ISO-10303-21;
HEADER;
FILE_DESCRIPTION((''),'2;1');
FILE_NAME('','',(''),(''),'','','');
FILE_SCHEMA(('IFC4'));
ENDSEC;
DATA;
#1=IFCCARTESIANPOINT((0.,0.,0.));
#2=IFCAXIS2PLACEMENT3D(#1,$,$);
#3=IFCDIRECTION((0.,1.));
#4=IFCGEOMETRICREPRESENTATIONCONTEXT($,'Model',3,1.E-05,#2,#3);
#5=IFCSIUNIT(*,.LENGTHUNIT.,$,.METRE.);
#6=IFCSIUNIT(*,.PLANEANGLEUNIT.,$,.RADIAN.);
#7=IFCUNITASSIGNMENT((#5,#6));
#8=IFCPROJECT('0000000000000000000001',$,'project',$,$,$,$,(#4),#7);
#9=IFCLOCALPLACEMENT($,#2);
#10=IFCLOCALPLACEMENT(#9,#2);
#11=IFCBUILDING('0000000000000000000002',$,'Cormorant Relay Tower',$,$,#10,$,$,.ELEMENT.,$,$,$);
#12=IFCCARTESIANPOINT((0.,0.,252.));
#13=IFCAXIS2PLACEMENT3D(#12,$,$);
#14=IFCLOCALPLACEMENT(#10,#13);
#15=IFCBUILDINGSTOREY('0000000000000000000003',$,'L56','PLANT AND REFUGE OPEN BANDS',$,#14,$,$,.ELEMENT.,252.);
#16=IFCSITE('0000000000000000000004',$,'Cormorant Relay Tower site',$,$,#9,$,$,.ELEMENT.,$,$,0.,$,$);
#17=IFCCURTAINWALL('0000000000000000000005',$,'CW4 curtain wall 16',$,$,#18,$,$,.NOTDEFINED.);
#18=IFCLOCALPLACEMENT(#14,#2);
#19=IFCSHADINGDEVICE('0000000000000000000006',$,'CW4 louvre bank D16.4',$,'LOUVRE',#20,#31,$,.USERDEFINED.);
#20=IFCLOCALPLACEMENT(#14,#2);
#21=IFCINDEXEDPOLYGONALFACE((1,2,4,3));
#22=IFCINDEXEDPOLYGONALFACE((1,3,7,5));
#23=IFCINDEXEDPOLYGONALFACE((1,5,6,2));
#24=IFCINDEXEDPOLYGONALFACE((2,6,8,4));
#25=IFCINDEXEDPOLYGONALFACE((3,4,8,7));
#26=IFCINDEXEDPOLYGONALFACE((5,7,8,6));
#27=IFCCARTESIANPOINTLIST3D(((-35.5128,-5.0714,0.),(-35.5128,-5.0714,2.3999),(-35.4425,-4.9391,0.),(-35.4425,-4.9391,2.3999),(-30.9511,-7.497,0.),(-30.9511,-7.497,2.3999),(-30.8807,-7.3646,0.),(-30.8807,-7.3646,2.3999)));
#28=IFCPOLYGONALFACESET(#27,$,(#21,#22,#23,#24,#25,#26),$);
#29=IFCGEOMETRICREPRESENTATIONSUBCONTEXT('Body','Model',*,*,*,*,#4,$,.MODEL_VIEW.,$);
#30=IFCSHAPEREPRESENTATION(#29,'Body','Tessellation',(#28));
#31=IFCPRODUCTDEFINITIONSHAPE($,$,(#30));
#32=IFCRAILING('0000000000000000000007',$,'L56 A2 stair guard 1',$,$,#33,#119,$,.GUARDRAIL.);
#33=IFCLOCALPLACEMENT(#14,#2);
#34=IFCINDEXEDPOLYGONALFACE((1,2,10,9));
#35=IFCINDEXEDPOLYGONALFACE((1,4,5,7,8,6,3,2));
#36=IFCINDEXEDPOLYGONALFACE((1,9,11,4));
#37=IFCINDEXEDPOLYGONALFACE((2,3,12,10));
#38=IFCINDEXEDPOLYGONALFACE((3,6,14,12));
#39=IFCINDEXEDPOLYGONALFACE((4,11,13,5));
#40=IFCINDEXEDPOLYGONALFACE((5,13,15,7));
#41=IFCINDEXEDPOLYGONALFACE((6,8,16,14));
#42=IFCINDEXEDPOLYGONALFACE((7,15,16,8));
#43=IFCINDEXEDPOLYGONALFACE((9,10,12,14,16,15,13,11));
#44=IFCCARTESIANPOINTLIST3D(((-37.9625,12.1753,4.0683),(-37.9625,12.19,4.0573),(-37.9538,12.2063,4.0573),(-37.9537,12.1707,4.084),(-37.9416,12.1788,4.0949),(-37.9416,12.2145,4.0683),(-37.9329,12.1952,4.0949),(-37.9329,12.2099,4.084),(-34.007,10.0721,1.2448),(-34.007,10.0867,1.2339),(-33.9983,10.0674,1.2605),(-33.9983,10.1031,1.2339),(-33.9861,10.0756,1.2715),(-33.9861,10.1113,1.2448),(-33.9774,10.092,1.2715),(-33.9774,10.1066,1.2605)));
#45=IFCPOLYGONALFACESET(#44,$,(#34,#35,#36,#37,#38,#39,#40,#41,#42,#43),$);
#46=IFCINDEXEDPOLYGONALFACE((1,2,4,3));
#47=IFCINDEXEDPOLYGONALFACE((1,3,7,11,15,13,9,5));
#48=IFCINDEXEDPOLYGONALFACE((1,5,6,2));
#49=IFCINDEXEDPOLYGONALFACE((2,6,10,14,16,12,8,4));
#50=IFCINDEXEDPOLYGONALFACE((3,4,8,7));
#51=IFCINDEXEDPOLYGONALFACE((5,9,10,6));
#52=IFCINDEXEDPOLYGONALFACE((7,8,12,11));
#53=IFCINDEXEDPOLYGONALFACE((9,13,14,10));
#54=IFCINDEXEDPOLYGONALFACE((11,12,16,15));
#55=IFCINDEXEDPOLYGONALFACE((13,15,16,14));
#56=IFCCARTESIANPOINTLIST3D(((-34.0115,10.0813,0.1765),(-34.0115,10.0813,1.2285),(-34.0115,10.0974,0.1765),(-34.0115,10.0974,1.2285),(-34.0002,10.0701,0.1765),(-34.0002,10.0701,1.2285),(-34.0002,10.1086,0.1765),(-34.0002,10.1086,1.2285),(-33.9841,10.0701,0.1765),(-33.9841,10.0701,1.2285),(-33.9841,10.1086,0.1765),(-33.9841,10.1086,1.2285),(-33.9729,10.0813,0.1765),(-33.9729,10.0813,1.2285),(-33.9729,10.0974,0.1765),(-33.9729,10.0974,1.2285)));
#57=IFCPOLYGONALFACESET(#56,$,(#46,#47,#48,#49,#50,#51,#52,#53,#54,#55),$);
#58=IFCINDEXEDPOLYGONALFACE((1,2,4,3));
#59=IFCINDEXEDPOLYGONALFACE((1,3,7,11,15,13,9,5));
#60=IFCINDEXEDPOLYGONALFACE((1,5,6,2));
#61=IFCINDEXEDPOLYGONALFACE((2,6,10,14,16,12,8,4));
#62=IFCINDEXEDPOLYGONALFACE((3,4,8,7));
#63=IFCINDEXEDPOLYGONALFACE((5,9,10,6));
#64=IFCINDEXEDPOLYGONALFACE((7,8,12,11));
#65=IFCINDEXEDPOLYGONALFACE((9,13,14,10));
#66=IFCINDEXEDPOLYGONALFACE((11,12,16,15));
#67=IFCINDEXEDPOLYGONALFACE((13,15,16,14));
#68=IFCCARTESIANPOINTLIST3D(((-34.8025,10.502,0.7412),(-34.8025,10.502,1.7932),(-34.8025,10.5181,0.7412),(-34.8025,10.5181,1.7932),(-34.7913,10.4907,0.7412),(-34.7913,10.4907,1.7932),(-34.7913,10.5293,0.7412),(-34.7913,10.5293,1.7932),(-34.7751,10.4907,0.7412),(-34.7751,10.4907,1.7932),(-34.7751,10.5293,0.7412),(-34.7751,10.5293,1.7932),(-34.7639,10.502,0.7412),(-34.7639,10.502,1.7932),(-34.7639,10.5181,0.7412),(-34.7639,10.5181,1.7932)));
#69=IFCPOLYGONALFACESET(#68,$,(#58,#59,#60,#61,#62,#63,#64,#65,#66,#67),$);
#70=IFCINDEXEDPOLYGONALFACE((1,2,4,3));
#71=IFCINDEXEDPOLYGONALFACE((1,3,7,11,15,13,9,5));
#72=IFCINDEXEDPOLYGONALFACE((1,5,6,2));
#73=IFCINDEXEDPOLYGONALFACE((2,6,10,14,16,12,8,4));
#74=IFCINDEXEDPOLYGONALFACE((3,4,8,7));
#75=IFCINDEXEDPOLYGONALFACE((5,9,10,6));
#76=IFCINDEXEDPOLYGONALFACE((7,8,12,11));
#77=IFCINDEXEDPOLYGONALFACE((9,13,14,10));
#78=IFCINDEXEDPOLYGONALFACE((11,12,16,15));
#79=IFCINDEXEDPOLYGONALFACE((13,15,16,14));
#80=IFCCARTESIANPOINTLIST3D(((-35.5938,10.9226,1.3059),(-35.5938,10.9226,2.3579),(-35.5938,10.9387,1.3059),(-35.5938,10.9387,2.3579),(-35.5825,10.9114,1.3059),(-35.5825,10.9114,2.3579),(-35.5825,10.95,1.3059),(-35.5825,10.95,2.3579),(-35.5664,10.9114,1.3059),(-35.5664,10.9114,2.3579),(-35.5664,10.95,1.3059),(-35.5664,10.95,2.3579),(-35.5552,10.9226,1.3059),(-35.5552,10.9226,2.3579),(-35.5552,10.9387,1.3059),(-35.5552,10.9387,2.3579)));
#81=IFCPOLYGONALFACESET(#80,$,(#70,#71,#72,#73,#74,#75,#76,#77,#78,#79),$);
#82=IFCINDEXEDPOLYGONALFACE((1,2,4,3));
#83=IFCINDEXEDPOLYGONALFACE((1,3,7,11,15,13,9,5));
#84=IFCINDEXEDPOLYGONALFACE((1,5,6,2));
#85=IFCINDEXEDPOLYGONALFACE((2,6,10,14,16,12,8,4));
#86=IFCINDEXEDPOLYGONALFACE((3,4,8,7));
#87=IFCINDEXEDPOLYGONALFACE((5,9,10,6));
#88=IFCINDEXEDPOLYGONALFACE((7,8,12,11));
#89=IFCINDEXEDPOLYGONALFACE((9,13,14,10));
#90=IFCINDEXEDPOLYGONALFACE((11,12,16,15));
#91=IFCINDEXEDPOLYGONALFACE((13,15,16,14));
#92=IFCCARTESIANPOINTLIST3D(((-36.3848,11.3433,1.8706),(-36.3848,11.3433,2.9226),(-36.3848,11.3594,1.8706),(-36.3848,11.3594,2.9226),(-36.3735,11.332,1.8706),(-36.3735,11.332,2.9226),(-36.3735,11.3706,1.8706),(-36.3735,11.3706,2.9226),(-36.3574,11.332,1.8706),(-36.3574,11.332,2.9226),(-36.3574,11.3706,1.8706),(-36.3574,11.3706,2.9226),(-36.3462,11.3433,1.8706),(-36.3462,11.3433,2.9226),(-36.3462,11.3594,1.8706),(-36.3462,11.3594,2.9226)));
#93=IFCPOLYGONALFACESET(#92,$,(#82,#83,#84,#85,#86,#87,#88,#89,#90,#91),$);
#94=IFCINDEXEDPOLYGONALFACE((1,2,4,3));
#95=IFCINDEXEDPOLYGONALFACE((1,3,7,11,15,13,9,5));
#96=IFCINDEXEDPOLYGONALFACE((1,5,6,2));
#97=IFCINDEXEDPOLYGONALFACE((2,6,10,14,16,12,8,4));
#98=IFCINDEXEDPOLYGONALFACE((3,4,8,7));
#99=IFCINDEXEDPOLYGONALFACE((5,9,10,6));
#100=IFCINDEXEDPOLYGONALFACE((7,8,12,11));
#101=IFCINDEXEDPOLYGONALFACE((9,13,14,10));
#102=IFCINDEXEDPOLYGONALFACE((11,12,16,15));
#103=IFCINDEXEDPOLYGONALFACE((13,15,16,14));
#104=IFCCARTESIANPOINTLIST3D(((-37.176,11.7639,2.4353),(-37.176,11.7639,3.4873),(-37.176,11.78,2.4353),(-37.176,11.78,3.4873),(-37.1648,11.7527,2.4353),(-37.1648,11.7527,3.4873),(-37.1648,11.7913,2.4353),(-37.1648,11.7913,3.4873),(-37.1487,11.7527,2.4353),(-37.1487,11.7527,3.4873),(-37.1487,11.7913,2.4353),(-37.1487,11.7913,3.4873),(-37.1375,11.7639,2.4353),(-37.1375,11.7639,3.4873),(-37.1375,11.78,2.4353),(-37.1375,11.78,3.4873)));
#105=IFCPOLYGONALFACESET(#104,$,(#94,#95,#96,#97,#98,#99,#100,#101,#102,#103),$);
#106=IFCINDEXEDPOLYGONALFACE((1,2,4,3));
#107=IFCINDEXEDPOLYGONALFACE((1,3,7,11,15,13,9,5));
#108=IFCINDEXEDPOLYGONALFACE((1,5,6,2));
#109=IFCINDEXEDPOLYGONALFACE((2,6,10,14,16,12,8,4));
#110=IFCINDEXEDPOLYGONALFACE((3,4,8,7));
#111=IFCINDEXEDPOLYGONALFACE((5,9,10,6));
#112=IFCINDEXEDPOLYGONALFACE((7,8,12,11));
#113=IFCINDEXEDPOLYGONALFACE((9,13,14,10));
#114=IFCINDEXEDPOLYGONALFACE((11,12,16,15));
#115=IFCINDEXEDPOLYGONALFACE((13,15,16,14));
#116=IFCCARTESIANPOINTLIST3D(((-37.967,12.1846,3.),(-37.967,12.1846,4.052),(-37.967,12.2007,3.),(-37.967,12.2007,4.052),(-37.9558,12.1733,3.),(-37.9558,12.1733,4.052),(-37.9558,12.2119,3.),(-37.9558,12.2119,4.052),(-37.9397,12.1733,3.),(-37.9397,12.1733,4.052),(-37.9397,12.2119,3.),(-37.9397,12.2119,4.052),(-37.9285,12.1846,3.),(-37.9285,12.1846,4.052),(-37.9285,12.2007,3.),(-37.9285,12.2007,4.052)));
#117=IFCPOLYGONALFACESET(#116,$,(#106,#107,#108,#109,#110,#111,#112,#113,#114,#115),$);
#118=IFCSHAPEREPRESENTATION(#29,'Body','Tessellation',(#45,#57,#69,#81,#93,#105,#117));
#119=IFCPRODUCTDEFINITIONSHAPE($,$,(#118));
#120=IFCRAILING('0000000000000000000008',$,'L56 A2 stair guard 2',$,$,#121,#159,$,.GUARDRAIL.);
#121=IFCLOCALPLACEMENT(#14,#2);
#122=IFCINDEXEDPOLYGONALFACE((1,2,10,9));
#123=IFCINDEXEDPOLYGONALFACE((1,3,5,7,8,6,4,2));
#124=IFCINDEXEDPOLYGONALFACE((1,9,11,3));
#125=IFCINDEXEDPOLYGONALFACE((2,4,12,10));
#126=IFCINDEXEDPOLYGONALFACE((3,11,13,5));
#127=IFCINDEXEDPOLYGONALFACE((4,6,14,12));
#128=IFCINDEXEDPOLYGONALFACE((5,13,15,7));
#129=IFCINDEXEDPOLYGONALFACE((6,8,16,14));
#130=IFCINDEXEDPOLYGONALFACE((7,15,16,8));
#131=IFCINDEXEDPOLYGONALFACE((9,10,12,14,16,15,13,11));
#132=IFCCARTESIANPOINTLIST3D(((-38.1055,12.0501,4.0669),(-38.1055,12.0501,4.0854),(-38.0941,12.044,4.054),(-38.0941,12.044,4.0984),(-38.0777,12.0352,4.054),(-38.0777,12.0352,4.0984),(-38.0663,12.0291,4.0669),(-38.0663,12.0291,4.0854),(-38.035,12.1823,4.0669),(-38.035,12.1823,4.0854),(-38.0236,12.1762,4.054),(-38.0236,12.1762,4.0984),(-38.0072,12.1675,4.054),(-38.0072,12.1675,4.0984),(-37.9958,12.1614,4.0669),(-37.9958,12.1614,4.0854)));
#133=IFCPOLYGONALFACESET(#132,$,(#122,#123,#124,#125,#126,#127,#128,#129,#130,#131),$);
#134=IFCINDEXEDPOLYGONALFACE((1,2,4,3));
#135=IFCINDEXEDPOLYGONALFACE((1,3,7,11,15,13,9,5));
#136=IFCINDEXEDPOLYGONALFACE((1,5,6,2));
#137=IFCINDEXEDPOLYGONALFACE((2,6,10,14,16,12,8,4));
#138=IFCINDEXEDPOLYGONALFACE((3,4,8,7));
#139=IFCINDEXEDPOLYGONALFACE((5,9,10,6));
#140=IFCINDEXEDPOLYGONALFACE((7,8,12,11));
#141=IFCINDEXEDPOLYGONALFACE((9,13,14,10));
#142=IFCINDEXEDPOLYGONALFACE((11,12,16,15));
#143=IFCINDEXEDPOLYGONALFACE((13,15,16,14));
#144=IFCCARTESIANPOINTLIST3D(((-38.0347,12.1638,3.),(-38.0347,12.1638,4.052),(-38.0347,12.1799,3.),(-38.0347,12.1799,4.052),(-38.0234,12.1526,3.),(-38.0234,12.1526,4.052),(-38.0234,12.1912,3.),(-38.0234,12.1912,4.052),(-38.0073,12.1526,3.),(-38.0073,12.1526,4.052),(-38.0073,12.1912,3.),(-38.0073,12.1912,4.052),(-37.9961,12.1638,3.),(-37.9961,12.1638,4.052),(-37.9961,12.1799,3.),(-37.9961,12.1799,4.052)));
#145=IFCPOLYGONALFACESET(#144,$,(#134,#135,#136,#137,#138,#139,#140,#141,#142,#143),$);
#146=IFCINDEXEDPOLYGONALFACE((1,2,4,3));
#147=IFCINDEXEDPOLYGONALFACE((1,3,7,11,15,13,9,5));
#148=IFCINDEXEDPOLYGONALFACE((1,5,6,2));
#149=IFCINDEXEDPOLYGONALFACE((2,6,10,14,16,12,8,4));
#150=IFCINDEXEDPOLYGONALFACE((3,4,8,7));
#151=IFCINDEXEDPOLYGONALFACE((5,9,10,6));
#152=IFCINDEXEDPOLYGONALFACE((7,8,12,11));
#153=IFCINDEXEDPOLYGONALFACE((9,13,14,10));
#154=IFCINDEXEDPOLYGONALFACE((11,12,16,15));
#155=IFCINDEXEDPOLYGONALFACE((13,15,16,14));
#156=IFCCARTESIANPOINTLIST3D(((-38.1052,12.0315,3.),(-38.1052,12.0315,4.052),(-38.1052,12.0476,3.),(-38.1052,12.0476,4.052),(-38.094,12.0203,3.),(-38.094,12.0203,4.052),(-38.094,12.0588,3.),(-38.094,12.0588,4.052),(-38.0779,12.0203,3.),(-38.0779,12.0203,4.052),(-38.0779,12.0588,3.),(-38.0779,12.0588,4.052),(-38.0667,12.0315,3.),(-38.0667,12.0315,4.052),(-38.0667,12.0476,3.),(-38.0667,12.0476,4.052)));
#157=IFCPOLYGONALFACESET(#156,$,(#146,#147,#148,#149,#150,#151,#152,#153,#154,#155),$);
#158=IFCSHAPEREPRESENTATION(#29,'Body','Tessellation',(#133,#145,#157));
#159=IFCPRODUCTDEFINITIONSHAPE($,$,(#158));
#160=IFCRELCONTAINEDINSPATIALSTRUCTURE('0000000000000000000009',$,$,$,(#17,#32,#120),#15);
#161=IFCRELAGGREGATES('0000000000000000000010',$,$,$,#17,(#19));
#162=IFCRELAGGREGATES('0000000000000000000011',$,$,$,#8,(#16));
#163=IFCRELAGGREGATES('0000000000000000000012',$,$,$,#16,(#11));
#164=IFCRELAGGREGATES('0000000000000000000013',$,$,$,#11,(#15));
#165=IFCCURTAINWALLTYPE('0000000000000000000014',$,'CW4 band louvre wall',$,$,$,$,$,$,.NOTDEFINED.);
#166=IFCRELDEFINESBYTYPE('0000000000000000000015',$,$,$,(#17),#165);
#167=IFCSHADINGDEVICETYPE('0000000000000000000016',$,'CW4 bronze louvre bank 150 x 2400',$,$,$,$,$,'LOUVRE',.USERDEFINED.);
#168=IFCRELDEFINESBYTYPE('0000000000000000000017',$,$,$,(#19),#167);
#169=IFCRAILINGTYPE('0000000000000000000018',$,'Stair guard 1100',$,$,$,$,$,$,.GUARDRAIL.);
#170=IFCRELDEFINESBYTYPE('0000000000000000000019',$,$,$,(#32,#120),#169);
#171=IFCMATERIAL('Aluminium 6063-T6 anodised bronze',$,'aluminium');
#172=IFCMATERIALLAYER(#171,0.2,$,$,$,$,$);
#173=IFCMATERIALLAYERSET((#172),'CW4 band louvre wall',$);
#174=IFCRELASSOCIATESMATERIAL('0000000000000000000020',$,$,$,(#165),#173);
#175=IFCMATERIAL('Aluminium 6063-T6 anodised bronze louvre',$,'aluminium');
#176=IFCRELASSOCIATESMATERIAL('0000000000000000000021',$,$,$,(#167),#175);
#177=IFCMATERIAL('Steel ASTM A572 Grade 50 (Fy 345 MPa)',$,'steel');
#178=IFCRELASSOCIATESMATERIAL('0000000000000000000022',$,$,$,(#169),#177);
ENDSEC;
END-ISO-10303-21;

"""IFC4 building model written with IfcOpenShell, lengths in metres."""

from ifc_helpers import new_model, si_unit, direction, frame, origin, origin_2d, place, context, subcontext, project, spatial, polyline, rectangle, outline, extrude, material, layer, layer_set, type_object, element, aggregate, save


model = new_model("IFC4")

# Units and contexts
model_context = context("Model", 3, precision=1e-05, world=origin(), true_north=direction((0.0, 1.0)))
body_context = subcontext(model_context, "Body", "Model", "MODEL_VIEW")
ifc_project = project(units=[si_unit("LENGTHUNIT", "METRE"), si_unit("PLANEANGLEUNIT", "RADIAN")], contexts=[model_context])

# Site, building, storey
site_placement = place(None, origin())
site = spatial("IfcSite", under=ifc_project, at=site_placement, Name="Cormorant Relay Tower site", CompositionType="ELEMENT", RefElevation=0.0)
building_placement = place(site_placement, origin())
building = spatial("IfcBuilding", under=site, at=building_placement, Name="Cormorant Relay Tower", CompositionType="ELEMENT")
storey_placement = place(building_placement, frame((0.0, 0.0, 252.0)))
storey = spatial("IfcBuildingStorey", under=building, at=storey_placement, Name="L56", Description="PLANT AND REFUGE OPEN BANDS", CompositionType="ELEMENT", Elevation=252.0)

# Curtain wall
ifc_material_1 = material(Name="Aluminium 6063-T6 anodised bronze", Category="aluminium")
ifc_layer_1 = layer(ifc_material_1, 0.2)
ifc_layer_set_1 = layer_set([ifc_layer_1], Name="CW4 band louvre wall")
curtain_wall_type = type_object("IfcCurtainWallType", Name="CW4 band louvre wall", PredefinedType="NOTDEFINED", material=ifc_layer_set_1)
curtain_wall_placement = place(storey_placement, origin())
curtain_wall = element("IfcCurtainWall", 1, at=curtain_wall_placement, inside=storey, type_object=curtain_wall_type, Name="CW4 curtain wall 16", PredefinedType="NOTDEFINED")

# Shading device
ifc_material_2 = material(Name="Aluminium 6063-T6 anodised bronze louvre", Category="aluminium")
shading_device_type = type_object("IfcShadingDeviceType", Name="CW4 bronze louvre bank 150 x 2400", ElementType="LOUVRE", PredefinedType="USERDEFINED", material=ifc_material_2)
shading_device_1_placement = place(storey_placement, frame((-33.1968, -6.218, 0.0), z_axis=(0.0, 0.0, 1.0), x_axis=(0.882948, -0.469472, 0.0)))
shading_device_1 = element("IfcShadingDevice", 2, at=shading_device_1_placement, type_object=shading_device_type, Name="CW4 louvre bank D16.4", ObjectType="LOUVRE", PredefinedType="USERDEFINED", context=body_context, shape_type="SweptSolid", body=[
    extrude(rectangle(XDim=5.1665, YDim=0.1499, at=origin_2d()), origin(), (0.0, 0.0, 1.0), 2.3999),
])
aggregate(curtain_wall, [shading_device_1])

# Railings
ifc_material_3 = material(Name="Steel ASTM A572 Grade 50 (Fy 345 MPa)", Category="steel")
railing_type_1 = type_object("IfcRailingType", Name="Stair guard 1100", PredefinedType="GUARDRAIL", material=ifc_material_3)
railing_1_placement = place(storey_placement, frame((-33.9922, 10.0894, 0.1765)))
element("IfcRailing", 3, at=railing_1_placement, inside=storey, type_object=railing_type_1, Name="L56 A2 stair guard 1", PredefinedType="GUARDRAIL", context=body_context, shape_type="SweptSolid", body=[
    extrude(outline(polyline([(0.0222, 0.0093), (0.0093, 0.0222), (-0.0093, 0.0222), (-0.0222, 0.0093), (-0.0222, -0.0093), (-0.0093, -0.0222), (0.0093, -0.0222), (0.0222, -0.0093), (0.0222, 0.0093)])), frame((0.0, 0.0, 1.0762), z_axis=(-0.746967, 0.397181, 0.533186), x_axis=(-0.469482, -0.882942, 0.0)), (0.0, 0.0, 1.0), 5.2954),
    extrude(outline(polyline([(0.0193, 0.0081), (0.0081, 0.0193), (-0.0081, 0.0193), (-0.0193, 0.0081), (-0.0193, -0.0081), (-0.0081, -0.0193), (0.0081, -0.0193), (0.0193, -0.0081), (0.0193, 0.0081)])), origin(), (0.0, 0.0, 1.0), 1.052),
    extrude(outline(polyline([(0.0193, 0.0081), (0.0081, 0.0193), (-0.0081, 0.0193), (-0.0193, 0.0081), (-0.0193, -0.0081), (-0.0081, -0.0193), (0.0081, -0.0193), (0.0193, -0.0081), (0.0193, 0.0081)])), frame((-0.791, 0.4207, 0.5647)), (0.0, 0.0, 1.0), 1.052),
    extrude(outline(polyline([(0.0193, 0.0081), (0.0081, 0.0193), (-0.0081, 0.0193), (-0.0193, 0.0081), (-0.0193, -0.0081), (-0.0081, -0.0193), (0.0081, -0.0193), (0.0193, -0.0081), (0.0193, 0.0081)])), frame((-1.5823, 0.8413, 1.1294)), (0.0, 0.0, 1.0), 1.052),
    extrude(outline(polyline([(0.0193, 0.0081), (0.0081, 0.0193), (-0.0081, 0.0193), (-0.0193, 0.0081), (-0.0193, -0.0081), (-0.0081, -0.0193), (0.0081, -0.0193), (0.0193, -0.0081), (0.0193, 0.0081)])), frame((-2.3733, 1.262, 1.6941)), (0.0, 0.0, 1.0), 1.052),
    extrude(outline(polyline([(0.0193, 0.0081), (0.0081, 0.0193), (-0.0081, 0.0193), (-0.0193, 0.0081), (-0.0193, -0.0081), (-0.0081, -0.0193), (0.0081, -0.0193), (0.0193, -0.0081), (0.0193, 0.0081)])), frame((-3.1646, 1.6826, 2.2588)), (0.0, 0.0, 1.0), 1.052),
    extrude(outline(polyline([(0.0193, 0.0081), (0.0081, 0.0193), (-0.0081, 0.0193), (-0.0193, 0.0081), (-0.0193, -0.0081), (-0.0081, -0.0193), (0.0081, -0.0193), (0.0193, -0.0081), (0.0193, 0.0081)])), frame((-3.9556, 2.1033, 2.8235)), (0.0, 0.0, 1.0), 1.052),
])
railing_2_placement = place(storey_placement, frame((-38.0154, 12.1719, 3.0)))
element("IfcRailing", 4, at=railing_2_placement, inside=storey, type_object=railing_type_1, Name="L56 A2 stair guard 2", PredefinedType="GUARDRAIL", context=body_context, shape_type="SweptSolid", body=[
    extrude(outline(polyline([(0.0222, 0.0093), (0.0093, 0.0222), (-0.0093, 0.0222), (-0.0222, 0.0093), (-0.0222, -0.0093), (-0.0093, -0.0222), (0.0093, -0.0222), (0.0222, -0.0093), (0.0222, 0.0093)])), frame((0.0, 0.0, 1.0762), z_axis=(-0.470504, -0.882398, 0.0), x_axis=(0.882398, -0.470504, 0.0)), (0.0, 0.0, 1.0), 0.1499),
    extrude(outline(polyline([(0.0193, 0.0081), (0.0081, 0.0193), (-0.0081, 0.0193), (-0.0193, 0.0081), (-0.0193, -0.0081), (-0.0081, -0.0193), (0.0081, -0.0193), (0.0193, -0.0081), (0.0193, 0.0081)])), origin(), (0.0, 0.0, 1.0), 1.052),
    extrude(outline(polyline([(0.0193, 0.0081), (0.0081, 0.0193), (-0.0081, 0.0193), (-0.0193, 0.0081), (-0.0193, -0.0081), (-0.0081, -0.0193), (0.0081, -0.0193), (0.0193, -0.0081), (0.0193, 0.0081)])), frame((-0.0706, -0.1323, 0.0)), (0.0, 0.0, 1.0), 1.052),
])

save(model, "model.ifc")
